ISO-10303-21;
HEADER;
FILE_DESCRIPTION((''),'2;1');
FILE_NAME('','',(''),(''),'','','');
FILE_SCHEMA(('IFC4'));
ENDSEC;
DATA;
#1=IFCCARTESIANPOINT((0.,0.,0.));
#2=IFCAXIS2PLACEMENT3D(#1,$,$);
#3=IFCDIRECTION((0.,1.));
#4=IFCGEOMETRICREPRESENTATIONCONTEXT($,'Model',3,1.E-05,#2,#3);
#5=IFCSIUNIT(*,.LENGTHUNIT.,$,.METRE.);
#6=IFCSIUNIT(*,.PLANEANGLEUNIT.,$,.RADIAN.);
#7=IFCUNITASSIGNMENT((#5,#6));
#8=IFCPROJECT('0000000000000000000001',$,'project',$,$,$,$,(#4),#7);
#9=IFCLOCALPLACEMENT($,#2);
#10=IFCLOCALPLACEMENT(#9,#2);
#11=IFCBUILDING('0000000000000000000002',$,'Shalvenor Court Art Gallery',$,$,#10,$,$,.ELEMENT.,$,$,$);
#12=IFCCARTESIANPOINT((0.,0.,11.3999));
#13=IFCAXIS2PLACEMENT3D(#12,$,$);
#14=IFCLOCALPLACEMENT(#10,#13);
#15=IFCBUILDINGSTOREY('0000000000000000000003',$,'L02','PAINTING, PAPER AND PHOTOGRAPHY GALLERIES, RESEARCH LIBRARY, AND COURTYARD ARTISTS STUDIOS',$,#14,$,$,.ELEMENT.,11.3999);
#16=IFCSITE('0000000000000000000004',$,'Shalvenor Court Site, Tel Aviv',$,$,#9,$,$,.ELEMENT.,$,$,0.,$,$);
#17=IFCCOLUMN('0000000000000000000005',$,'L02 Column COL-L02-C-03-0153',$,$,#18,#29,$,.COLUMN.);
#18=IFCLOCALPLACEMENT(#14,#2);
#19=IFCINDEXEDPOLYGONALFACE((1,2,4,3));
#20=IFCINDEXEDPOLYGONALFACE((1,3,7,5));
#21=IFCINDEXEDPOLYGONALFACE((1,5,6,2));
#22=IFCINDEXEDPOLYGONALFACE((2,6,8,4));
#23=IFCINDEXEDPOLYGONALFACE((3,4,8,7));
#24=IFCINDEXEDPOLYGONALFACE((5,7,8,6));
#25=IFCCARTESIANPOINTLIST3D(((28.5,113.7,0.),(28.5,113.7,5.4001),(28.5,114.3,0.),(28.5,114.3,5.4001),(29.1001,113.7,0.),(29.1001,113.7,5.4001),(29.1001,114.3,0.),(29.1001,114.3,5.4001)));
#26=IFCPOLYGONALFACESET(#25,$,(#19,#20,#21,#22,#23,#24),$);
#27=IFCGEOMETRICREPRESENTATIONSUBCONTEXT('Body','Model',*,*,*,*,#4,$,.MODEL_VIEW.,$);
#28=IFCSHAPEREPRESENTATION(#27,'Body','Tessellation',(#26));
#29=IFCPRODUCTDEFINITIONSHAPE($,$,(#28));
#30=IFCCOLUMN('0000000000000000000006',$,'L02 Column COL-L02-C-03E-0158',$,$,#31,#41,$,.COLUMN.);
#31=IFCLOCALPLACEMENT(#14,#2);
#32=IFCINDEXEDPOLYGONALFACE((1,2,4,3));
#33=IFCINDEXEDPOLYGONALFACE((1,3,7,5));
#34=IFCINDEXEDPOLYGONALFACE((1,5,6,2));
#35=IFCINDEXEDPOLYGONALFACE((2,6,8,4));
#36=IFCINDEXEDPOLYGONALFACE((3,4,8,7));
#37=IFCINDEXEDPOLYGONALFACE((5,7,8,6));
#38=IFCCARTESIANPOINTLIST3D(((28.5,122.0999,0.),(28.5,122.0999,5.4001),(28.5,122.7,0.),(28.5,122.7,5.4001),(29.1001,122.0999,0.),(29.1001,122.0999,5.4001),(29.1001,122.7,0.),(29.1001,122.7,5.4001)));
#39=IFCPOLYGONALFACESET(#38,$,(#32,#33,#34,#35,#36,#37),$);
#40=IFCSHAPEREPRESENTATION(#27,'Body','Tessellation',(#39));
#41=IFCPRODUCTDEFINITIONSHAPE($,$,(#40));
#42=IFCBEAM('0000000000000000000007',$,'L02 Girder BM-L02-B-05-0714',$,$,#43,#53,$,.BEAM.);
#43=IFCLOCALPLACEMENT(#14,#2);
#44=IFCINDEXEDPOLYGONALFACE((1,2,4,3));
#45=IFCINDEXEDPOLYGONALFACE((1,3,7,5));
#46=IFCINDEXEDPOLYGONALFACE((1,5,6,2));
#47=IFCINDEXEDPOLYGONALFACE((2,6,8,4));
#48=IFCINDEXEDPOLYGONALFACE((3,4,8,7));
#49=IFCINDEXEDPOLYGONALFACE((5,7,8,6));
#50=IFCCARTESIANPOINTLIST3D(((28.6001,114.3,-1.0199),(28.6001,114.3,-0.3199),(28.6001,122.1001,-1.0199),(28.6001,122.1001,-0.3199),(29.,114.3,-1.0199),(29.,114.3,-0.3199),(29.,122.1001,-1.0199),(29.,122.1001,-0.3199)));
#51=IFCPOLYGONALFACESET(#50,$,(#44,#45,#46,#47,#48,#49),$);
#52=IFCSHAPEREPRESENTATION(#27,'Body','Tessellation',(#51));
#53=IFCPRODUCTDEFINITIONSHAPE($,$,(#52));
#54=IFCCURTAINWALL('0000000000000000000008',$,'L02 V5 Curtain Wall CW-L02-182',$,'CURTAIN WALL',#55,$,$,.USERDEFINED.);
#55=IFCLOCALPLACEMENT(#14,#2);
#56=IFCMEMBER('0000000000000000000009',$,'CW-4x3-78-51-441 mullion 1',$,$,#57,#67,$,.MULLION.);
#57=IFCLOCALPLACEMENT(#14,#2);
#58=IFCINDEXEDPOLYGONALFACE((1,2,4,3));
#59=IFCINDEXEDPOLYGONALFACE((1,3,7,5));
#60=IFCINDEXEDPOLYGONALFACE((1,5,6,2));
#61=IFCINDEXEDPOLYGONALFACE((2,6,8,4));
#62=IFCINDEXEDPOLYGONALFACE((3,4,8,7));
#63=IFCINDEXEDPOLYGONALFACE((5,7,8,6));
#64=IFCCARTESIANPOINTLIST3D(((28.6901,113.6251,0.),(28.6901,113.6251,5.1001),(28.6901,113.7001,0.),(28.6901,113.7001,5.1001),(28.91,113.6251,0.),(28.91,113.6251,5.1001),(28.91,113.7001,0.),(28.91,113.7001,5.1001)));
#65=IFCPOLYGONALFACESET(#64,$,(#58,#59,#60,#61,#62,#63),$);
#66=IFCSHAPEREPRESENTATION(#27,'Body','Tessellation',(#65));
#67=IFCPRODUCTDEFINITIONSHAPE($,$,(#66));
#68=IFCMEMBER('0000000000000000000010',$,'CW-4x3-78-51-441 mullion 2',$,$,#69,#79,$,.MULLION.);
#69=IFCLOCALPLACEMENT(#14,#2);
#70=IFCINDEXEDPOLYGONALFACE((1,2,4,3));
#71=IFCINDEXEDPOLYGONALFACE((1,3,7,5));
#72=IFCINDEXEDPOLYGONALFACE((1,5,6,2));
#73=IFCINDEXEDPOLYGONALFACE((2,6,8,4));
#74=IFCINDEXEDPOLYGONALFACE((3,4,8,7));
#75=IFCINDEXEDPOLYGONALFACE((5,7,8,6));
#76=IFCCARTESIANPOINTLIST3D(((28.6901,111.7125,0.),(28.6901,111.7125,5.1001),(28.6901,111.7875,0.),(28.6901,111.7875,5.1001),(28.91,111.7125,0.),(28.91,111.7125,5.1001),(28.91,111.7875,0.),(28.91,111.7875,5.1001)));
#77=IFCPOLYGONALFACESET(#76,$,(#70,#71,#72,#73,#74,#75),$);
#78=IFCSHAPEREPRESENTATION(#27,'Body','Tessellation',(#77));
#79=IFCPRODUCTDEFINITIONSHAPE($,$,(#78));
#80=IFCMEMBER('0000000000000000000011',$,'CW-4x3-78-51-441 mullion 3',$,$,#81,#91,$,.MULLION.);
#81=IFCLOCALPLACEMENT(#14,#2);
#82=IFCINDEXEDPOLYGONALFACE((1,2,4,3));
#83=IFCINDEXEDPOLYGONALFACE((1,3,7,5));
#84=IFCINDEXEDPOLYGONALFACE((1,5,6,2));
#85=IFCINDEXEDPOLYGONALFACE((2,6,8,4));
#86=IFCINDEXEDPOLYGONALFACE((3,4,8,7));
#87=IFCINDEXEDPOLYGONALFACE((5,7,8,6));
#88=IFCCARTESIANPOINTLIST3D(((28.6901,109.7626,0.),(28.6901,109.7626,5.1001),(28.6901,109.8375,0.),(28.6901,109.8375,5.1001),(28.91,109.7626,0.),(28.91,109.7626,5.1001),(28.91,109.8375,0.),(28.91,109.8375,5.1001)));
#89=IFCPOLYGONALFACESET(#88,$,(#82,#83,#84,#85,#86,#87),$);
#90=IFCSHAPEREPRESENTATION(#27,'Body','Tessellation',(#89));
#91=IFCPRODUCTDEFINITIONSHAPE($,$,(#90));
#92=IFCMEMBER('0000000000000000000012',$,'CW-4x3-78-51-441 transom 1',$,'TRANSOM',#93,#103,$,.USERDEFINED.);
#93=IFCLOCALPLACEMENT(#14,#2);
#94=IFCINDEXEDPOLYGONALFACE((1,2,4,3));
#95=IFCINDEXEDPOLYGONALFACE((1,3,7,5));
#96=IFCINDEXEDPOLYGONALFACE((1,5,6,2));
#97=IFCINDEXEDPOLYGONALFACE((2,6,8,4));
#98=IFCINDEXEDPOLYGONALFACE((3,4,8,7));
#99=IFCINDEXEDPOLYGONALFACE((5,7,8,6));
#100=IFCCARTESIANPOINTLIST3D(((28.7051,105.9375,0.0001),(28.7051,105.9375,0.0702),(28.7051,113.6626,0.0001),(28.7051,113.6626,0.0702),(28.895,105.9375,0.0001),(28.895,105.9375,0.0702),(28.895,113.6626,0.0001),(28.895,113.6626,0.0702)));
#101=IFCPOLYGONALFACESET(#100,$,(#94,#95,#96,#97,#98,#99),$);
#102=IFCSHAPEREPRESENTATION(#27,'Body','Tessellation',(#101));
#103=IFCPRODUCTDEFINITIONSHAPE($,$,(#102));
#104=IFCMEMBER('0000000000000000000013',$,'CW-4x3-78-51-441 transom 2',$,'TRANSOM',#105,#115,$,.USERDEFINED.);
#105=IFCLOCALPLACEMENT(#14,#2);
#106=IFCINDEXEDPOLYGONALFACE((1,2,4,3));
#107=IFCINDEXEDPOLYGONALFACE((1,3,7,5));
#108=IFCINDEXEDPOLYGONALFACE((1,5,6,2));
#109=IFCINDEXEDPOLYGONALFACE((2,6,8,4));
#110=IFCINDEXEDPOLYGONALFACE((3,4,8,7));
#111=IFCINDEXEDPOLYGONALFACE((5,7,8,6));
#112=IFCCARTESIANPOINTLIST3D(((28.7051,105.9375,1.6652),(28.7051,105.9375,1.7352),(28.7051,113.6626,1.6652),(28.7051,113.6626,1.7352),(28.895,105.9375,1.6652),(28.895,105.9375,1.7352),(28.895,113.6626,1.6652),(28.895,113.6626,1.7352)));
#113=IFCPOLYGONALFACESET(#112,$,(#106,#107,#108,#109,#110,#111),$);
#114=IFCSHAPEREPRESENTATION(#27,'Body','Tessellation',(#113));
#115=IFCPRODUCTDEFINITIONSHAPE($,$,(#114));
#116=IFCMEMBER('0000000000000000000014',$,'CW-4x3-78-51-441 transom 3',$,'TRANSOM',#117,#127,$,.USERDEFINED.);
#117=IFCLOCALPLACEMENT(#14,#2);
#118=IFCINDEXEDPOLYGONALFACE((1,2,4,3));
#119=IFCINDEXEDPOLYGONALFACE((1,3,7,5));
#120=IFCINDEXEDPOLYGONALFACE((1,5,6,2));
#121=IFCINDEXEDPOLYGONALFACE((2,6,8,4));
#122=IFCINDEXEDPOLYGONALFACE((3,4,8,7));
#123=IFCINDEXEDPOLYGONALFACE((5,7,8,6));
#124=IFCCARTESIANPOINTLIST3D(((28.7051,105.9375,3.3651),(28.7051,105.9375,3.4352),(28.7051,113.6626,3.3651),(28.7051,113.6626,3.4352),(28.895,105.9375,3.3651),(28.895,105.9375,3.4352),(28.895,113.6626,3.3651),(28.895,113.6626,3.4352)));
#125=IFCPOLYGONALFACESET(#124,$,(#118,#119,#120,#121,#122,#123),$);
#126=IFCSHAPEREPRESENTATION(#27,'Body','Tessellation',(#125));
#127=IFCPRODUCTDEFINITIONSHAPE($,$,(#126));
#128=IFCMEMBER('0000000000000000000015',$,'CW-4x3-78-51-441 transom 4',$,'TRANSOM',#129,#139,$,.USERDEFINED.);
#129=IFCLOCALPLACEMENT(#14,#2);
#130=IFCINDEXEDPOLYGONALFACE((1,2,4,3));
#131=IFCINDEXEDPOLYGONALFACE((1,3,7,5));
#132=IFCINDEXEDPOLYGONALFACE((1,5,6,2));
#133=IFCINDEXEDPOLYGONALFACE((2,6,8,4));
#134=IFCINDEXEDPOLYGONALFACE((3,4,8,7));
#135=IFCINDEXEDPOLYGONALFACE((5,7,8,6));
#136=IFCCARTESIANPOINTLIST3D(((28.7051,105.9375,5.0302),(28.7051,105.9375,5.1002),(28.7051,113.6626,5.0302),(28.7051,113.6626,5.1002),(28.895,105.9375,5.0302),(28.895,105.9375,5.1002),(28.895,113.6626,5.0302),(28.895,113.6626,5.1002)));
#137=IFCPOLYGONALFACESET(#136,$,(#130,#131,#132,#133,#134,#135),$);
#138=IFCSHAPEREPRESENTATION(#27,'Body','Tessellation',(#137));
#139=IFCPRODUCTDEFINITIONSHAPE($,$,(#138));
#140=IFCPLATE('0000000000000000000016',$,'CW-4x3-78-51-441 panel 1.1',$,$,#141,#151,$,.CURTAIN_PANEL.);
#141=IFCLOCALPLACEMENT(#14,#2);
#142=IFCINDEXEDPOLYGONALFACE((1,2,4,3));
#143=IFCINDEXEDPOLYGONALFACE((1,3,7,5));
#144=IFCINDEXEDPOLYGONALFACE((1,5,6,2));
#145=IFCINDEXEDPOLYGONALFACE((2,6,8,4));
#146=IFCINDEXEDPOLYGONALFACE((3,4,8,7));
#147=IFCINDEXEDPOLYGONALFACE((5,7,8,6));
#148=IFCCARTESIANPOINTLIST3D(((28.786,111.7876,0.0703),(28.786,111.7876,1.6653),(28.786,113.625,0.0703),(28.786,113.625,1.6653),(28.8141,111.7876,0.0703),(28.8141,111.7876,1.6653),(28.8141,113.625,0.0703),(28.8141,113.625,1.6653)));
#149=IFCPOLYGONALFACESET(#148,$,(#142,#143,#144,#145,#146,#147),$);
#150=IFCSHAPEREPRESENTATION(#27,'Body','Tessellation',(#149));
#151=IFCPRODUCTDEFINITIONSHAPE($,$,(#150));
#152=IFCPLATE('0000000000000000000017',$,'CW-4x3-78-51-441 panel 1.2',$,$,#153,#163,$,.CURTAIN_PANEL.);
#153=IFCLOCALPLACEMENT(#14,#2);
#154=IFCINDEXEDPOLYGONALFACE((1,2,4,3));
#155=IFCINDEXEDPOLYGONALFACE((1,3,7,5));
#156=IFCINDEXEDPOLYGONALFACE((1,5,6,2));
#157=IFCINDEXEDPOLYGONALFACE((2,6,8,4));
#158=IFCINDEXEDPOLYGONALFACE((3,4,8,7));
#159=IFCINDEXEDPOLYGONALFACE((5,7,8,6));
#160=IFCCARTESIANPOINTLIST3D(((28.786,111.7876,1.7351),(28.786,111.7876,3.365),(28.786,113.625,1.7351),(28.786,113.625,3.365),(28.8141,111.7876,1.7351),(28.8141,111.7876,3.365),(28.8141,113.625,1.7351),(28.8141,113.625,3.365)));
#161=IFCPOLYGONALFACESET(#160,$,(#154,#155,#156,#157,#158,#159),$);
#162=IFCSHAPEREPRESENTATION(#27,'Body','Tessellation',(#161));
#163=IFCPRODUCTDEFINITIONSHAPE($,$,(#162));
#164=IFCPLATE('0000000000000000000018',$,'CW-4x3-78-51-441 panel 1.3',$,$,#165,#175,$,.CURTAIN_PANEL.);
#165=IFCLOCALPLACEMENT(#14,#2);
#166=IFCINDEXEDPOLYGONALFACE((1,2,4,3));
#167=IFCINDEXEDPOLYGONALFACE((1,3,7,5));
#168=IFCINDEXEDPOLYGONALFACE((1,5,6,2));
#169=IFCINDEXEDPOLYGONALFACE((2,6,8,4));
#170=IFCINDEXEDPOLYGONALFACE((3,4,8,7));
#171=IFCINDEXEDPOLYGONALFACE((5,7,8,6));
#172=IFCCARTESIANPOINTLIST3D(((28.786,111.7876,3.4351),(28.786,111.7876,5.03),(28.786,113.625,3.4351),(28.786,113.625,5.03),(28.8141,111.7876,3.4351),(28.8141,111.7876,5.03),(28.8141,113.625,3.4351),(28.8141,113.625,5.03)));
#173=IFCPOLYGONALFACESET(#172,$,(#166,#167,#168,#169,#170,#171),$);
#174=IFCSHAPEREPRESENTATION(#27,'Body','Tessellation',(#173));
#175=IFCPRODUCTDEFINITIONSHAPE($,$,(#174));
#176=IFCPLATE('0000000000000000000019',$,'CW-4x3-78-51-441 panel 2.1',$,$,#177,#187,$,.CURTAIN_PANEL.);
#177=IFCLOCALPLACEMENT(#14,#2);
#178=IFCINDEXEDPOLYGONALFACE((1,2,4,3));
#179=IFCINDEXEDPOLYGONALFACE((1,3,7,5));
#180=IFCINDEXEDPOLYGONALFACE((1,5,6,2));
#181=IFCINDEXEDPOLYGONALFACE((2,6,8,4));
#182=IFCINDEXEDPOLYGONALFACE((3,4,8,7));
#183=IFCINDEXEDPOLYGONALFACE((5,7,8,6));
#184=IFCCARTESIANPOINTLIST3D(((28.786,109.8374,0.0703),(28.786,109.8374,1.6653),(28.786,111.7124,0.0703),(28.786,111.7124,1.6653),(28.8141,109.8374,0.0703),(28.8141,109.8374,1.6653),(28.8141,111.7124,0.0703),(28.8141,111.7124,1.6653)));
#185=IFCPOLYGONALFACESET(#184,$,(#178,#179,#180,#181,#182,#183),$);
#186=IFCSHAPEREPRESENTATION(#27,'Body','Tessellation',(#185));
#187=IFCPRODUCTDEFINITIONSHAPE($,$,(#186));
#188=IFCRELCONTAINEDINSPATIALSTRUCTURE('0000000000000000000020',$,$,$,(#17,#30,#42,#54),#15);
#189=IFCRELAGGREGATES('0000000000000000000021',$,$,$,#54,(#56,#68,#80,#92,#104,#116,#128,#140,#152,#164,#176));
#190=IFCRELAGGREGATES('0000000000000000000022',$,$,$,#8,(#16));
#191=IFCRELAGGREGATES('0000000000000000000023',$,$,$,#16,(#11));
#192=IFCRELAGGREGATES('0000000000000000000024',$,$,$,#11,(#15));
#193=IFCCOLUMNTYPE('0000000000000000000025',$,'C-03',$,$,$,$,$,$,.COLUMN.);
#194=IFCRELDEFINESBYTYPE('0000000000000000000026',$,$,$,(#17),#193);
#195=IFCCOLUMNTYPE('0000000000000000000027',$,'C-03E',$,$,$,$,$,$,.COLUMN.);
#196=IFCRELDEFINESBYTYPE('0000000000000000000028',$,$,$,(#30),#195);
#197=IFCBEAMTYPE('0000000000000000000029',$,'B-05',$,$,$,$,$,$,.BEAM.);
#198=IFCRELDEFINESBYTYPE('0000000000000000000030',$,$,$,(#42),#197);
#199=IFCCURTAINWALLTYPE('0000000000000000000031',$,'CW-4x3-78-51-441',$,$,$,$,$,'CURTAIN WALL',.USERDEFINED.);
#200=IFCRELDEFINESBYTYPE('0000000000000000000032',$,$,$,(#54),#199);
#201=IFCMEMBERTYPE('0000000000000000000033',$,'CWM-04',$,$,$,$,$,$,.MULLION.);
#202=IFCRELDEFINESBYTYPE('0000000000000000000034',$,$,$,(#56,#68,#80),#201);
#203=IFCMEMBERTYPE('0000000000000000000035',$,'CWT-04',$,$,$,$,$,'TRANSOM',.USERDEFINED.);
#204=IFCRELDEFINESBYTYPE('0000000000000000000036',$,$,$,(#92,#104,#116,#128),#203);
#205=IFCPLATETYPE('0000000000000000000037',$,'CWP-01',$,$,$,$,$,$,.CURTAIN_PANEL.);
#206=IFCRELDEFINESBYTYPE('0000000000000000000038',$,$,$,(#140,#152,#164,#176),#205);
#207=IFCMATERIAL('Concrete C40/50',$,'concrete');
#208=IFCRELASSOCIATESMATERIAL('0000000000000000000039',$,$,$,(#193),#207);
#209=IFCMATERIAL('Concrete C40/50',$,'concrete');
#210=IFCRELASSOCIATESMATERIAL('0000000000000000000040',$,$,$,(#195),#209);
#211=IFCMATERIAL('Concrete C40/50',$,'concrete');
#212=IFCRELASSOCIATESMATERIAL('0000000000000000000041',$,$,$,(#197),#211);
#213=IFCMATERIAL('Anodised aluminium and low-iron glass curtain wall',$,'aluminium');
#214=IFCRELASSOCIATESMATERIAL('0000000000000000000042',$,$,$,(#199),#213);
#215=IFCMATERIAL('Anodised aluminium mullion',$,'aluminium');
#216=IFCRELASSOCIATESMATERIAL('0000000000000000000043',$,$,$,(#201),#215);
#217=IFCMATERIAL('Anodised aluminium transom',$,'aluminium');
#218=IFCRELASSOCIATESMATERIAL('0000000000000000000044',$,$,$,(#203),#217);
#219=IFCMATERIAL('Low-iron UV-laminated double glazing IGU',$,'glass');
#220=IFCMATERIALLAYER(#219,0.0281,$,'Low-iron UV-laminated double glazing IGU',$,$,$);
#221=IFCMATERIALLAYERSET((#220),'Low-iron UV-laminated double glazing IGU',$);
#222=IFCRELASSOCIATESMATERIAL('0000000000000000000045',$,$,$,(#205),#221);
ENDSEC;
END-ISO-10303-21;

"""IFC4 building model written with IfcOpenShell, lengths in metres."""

from ifc_helpers import new_model, si_unit, direction, frame, origin, origin_2d, place, context, subcontext, project, spatial, rectangle, extrude, material, layer, layer_set, material_profile, profile_set, type_object, element, aggregate, save


model = new_model("IFC4")

# Units and contexts
model_context = context("Model", 3, precision=1e-05, world=origin(), true_north=direction((0.0, 1.0)))
body_context = subcontext(model_context, "Body", "Model", "MODEL_VIEW")
ifc_project = project(units=[si_unit("LENGTHUNIT", "METRE"), si_unit("PLANEANGLEUNIT", "RADIAN")], contexts=[model_context])

# Site, building, storey
site_placement = place(None, origin())
site = spatial("IfcSite", under=ifc_project, at=site_placement, Name="Shalvenor Court Site, Tel Aviv", CompositionType="ELEMENT", RefElevation=0.0)
building_placement = place(site_placement, origin())
building = spatial("IfcBuilding", under=site, at=building_placement, Name="Shalvenor Court Art Gallery", CompositionType="ELEMENT")
storey_placement = place(building_placement, frame((0.0, 0.0, 11.3999)))
storey = spatial("IfcBuildingStorey", under=building, at=storey_placement, Name="L02", Description="PAINTING, PAPER AND PHOTOGRAPHY GALLERIES, RESEARCH LIBRARY, AND COURTYARD ARTISTS STUDIOS", CompositionType="ELEMENT", Elevation=11.3999)

# Columns
ifc_material_1 = material(Name="Concrete C40/50", Category="concrete")
ifc_material_profile_1 = material_profile(ifc_material_1, rectangle(XDim=0.6001, YDim=0.6001, at=origin_2d()), Name="RC 600x600")
ifc_profile_set_1 = profile_set([ifc_material_profile_1], Name="Concrete C40/50")
column_type_1 = type_object("IfcColumnType", Name="C-03", PredefinedType="COLUMN", material=ifc_profile_set_1)
column_1_placement = place(storey_placement, frame((28.8, 114.0, 0.0), z_axis=(0.0, 0.0, 1.0), x_axis=(1.0, 0.0, 0.0)))
element("IfcColumn", 1, at=column_1_placement, inside=storey, type_object=column_type_1, Name="L02 Column COL-L02-C-03-0153", PredefinedType="COLUMN", context=body_context, shape_type="SweptSolid", body=[
    extrude(rectangle(XDim=0.6001, YDim=0.6001, at=origin_2d()), origin(), (0.0, 0.0, 1.0), 5.4001),
])
ifc_material_2 = material(Name="Concrete C40/50", Category="concrete")
ifc_material_profile_2 = material_profile(ifc_material_2, rectangle(XDim=0.6001, YDim=0.6001, at=origin_2d()), Name="RC 600x600")
ifc_profile_set_2 = profile_set([ifc_material_profile_2], Name="Concrete C40/50")
column_type_2 = type_object("IfcColumnType", Name="C-03E", PredefinedType="COLUMN", material=ifc_profile_set_2)
column_2_placement = place(storey_placement, frame((28.8, 122.3999, 0.0), z_axis=(0.0, 0.0, 1.0), x_axis=(1.0, 0.0, 0.0)))
element("IfcColumn", 2, at=column_2_placement, inside=storey, type_object=column_type_2, Name="L02 Column COL-L02-C-03E-0158", PredefinedType="COLUMN", context=body_context, shape_type="SweptSolid", body=[
    extrude(rectangle(XDim=0.6001, YDim=0.6001, at=origin_2d()), origin(), (0.0, 0.0, 1.0), 5.4001),
])

# Beam
ifc_material_3 = material(Name="Concrete C40/50", Category="concrete")
ifc_material_profile_3 = material_profile(ifc_material_3, rectangle(XDim=0.3999, YDim=0.7, at=origin_2d()), Name="RC 400x700")
ifc_profile_set_3 = profile_set([ifc_material_profile_3], Name="Concrete C40/50")
beam_type = type_object("IfcBeamType", Name="B-05", PredefinedType="BEAM", material=ifc_profile_set_3)
beam_placement = place(storey_placement, frame((28.8, 114.3, -0.6699), z_axis=(0.0, 1.0, 0.0), x_axis=(-1.0, 0.0, 0.0)))
element("IfcBeam", 3, at=beam_placement, inside=storey, type_object=beam_type, Name="L02 Girder BM-L02-B-05-0714", PredefinedType="BEAM", context=body_context, shape_type="SweptSolid", body=[
    extrude(rectangle(XDim=0.3999, YDim=0.7, at=origin_2d()), origin(), (0.0, 0.0, 1.0), 7.8),
])

# Curtain wall, members, plates
ifc_material_4 = material(Name="Anodised aluminium and low-iron glass curtain wall", Category="aluminium")
curtain_wall_type = type_object("IfcCurtainWallType", Name="CW-4x3-78-51-441", ElementType="CURTAIN WALL", PredefinedType="USERDEFINED", material=ifc_material_4)
curtain_wall_placement = place(storey_placement, origin())
curtain_wall = element("IfcCurtainWall", 4, at=curtain_wall_placement, inside=storey, type_object=curtain_wall_type, Name="L02 V5 Curtain Wall CW-L02-182", ObjectType="CURTAIN WALL", PredefinedType="USERDEFINED")
ifc_material_5 = material(Name="Anodised aluminium mullion", Category="aluminium")
ifc_material_profile_4 = material_profile(ifc_material_5, rectangle(XDim=0.075, YDim=0.22, at=origin_2d()), Name="CWM-04")
ifc_profile_set_4 = profile_set([ifc_material_profile_4], Name="Anodised aluminium mullion")
member_type_1 = type_object("IfcMemberType", Name="CWM-04", PredefinedType="MULLION", material=ifc_profile_set_4)
member_1_placement = place(storey_placement, frame((28.8, 113.6626, 0.0), z_axis=(0.0, 0.0, 1.0), x_axis=(0.0, -1.0, 0.0)))
member_1 = element("IfcMember", 5, at=member_1_placement, type_object=member_type_1, Name="CW-4x3-78-51-441 mullion 1", PredefinedType="MULLION", context=body_context, shape_type="SweptSolid", body=[
    extrude(rectangle(XDim=0.075, YDim=0.22, at=origin_2d()), origin(), (0.0, 0.0, 1.0), 5.1001),
])
member_2_placement = place(storey_placement, frame((28.8, 111.75, 0.0), z_axis=(0.0, 0.0, 1.0), x_axis=(0.0, -1.0, 0.0)))
member_2 = element("IfcMember", 6, at=member_2_placement, type_object=member_type_1, Name="CW-4x3-78-51-441 mullion 2", PredefinedType="MULLION", context=body_context, shape_type="SweptSolid", body=[
    extrude(rectangle(XDim=0.075, YDim=0.22, at=origin_2d()), origin(), (0.0, 0.0, 1.0), 5.1001),
])
member_3_placement = place(storey_placement, frame((28.8, 109.8, 0.0), z_axis=(0.0, 0.0, 1.0), x_axis=(0.0, -1.0, 0.0)))
member_3 = element("IfcMember", 7, at=member_3_placement, type_object=member_type_1, Name="CW-4x3-78-51-441 mullion 3", PredefinedType="MULLION", context=body_context, shape_type="SweptSolid", body=[
    extrude(rectangle(XDim=0.075, YDim=0.22, at=origin_2d()), origin(), (0.0, 0.0, 1.0), 5.1001),
])
ifc_material_6 = material(Name="Anodised aluminium transom", Category="aluminium")
ifc_material_profile_5 = material_profile(ifc_material_6, rectangle(XDim=0.1899, YDim=0.0701, at=origin_2d()), Name="CWT-04")
ifc_profile_set_5 = profile_set([ifc_material_profile_5], Name="Anodised aluminium transom")
member_type_2 = type_object("IfcMemberType", Name="CWT-04", ElementType="TRANSOM", PredefinedType="USERDEFINED", material=ifc_profile_set_5)
member_4_placement = place(storey_placement, frame((28.8, 113.6626, 0.0352), z_axis=(0.0, -1.0, 0.0), x_axis=(1.0, 0.0, 0.0)))
member_4 = element("IfcMember", 8, at=member_4_placement, type_object=member_type_2, Name="CW-4x3-78-51-441 transom 1", ObjectType="TRANSOM", PredefinedType="USERDEFINED", context=body_context, shape_type="SweptSolid", body=[
    extrude(rectangle(XDim=0.1899, YDim=0.0701, at=origin_2d()), origin(), (0.0, 0.0, 1.0), 7.7251),
])
member_5_placement = place(storey_placement, frame((28.8, 113.6626, 1.7002), z_axis=(0.0, -1.0, 0.0), x_axis=(1.0, 0.0, 0.0)))
member_5 = element("IfcMember", 9, at=member_5_placement, type_object=member_type_2, Name="CW-4x3-78-51-441 transom 2", ObjectType="TRANSOM", PredefinedType="USERDEFINED", context=body_context, shape_type="SweptSolid", body=[
    extrude(rectangle(XDim=0.1899, YDim=0.0701, at=origin_2d()), origin(), (0.0, 0.0, 1.0), 7.7251),
])
member_6_placement = place(storey_placement, frame((28.8, 113.6626, 3.4001), z_axis=(0.0, -1.0, 0.0), x_axis=(1.0, 0.0, 0.0)))
member_6 = element("IfcMember", 10, at=member_6_placement, type_object=member_type_2, Name="CW-4x3-78-51-441 transom 3", ObjectType="TRANSOM", PredefinedType="USERDEFINED", context=body_context, shape_type="SweptSolid", body=[
    extrude(rectangle(XDim=0.1899, YDim=0.0701, at=origin_2d()), origin(), (0.0, 0.0, 1.0), 7.7251),
])
member_7_placement = place(storey_placement, frame((28.8, 113.6626, 5.0652), z_axis=(0.0, -1.0, 0.0), x_axis=(1.0, 0.0, 0.0)))
member_7 = element("IfcMember", 11, at=member_7_placement, type_object=member_type_2, Name="CW-4x3-78-51-441 transom 4", ObjectType="TRANSOM", PredefinedType="USERDEFINED", context=body_context, shape_type="SweptSolid", body=[
    extrude(rectangle(XDim=0.1899, YDim=0.0701, at=origin_2d()), origin(), (0.0, 0.0, 1.0), 7.7251),
])
ifc_material_7 = material(Name="Low-iron UV-laminated double glazing IGU", Category="glass")
ifc_layer_1 = layer(ifc_material_7, 0.0281, Name="Low-iron UV-laminated double glazing IGU")
ifc_layer_set_1 = layer_set([ifc_layer_1], Name="Low-iron UV-laminated double glazing IGU")
plate_type_1 = type_object("IfcPlateType", Name="CWP-01", PredefinedType="CURTAIN_PANEL", material=ifc_layer_set_1)
plate_1_placement = place(storey_placement, frame((28.8, 112.7063, 0.0703), z_axis=(0.0, 0.0, 1.0), x_axis=(0.0, -1.0, 0.0)))
plate_1 = element("IfcPlate", 12, at=plate_1_placement, type_object=plate_type_1, Name="CW-4x3-78-51-441 panel 1.1", PredefinedType="CURTAIN_PANEL", context=body_context, shape_type="SweptSolid", body=[
    extrude(rectangle(XDim=1.8374, YDim=0.0281, at=origin_2d()), origin(), (0.0, 0.0, 1.0), 1.595),
])
plate_2_placement = place(storey_placement, frame((28.8, 112.7063, 1.7351), z_axis=(0.0, 0.0, 1.0), x_axis=(0.0, -1.0, 0.0)))
plate_2 = element("IfcPlate", 13, at=plate_2_placement, type_object=plate_type_1, Name="CW-4x3-78-51-441 panel 1.2", PredefinedType="CURTAIN_PANEL", context=body_context, shape_type="SweptSolid", body=[
    extrude(rectangle(XDim=1.8374, YDim=0.0281, at=origin_2d()), origin(), (0.0, 0.0, 1.0), 1.6299),
])
plate_3_placement = place(storey_placement, frame((28.8, 112.7063, 3.4351), z_axis=(0.0, 0.0, 1.0), x_axis=(0.0, -1.0, 0.0)))
plate_3 = element("IfcPlate", 14, at=plate_3_placement, type_object=plate_type_1, Name="CW-4x3-78-51-441 panel 1.3", PredefinedType="CURTAIN_PANEL", context=body_context, shape_type="SweptSolid", body=[
    extrude(rectangle(XDim=1.8374, YDim=0.0281, at=origin_2d()), origin(), (0.0, 0.0, 1.0), 1.595),
])
plate_4_placement = place(storey_placement, frame((28.8, 110.7749, 0.0703), z_axis=(0.0, 0.0, 1.0), x_axis=(0.0, -1.0, 0.0)))
plate_4 = element("IfcPlate", 15, at=plate_4_placement, type_object=plate_type_1, Name="CW-4x3-78-51-441 panel 2.1", PredefinedType="CURTAIN_PANEL", context=body_context, shape_type="SweptSolid", body=[
    extrude(rectangle(XDim=1.875, YDim=0.0281, at=origin_2d()), origin(), (0.0, 0.0, 1.0), 1.595),
])
aggregate(curtain_wall, [member_1, member_2, member_3, member_4, member_5, member_6, member_7, plate_1, plate_2, plate_3, plate_4])

save(model, "model.ifc")
